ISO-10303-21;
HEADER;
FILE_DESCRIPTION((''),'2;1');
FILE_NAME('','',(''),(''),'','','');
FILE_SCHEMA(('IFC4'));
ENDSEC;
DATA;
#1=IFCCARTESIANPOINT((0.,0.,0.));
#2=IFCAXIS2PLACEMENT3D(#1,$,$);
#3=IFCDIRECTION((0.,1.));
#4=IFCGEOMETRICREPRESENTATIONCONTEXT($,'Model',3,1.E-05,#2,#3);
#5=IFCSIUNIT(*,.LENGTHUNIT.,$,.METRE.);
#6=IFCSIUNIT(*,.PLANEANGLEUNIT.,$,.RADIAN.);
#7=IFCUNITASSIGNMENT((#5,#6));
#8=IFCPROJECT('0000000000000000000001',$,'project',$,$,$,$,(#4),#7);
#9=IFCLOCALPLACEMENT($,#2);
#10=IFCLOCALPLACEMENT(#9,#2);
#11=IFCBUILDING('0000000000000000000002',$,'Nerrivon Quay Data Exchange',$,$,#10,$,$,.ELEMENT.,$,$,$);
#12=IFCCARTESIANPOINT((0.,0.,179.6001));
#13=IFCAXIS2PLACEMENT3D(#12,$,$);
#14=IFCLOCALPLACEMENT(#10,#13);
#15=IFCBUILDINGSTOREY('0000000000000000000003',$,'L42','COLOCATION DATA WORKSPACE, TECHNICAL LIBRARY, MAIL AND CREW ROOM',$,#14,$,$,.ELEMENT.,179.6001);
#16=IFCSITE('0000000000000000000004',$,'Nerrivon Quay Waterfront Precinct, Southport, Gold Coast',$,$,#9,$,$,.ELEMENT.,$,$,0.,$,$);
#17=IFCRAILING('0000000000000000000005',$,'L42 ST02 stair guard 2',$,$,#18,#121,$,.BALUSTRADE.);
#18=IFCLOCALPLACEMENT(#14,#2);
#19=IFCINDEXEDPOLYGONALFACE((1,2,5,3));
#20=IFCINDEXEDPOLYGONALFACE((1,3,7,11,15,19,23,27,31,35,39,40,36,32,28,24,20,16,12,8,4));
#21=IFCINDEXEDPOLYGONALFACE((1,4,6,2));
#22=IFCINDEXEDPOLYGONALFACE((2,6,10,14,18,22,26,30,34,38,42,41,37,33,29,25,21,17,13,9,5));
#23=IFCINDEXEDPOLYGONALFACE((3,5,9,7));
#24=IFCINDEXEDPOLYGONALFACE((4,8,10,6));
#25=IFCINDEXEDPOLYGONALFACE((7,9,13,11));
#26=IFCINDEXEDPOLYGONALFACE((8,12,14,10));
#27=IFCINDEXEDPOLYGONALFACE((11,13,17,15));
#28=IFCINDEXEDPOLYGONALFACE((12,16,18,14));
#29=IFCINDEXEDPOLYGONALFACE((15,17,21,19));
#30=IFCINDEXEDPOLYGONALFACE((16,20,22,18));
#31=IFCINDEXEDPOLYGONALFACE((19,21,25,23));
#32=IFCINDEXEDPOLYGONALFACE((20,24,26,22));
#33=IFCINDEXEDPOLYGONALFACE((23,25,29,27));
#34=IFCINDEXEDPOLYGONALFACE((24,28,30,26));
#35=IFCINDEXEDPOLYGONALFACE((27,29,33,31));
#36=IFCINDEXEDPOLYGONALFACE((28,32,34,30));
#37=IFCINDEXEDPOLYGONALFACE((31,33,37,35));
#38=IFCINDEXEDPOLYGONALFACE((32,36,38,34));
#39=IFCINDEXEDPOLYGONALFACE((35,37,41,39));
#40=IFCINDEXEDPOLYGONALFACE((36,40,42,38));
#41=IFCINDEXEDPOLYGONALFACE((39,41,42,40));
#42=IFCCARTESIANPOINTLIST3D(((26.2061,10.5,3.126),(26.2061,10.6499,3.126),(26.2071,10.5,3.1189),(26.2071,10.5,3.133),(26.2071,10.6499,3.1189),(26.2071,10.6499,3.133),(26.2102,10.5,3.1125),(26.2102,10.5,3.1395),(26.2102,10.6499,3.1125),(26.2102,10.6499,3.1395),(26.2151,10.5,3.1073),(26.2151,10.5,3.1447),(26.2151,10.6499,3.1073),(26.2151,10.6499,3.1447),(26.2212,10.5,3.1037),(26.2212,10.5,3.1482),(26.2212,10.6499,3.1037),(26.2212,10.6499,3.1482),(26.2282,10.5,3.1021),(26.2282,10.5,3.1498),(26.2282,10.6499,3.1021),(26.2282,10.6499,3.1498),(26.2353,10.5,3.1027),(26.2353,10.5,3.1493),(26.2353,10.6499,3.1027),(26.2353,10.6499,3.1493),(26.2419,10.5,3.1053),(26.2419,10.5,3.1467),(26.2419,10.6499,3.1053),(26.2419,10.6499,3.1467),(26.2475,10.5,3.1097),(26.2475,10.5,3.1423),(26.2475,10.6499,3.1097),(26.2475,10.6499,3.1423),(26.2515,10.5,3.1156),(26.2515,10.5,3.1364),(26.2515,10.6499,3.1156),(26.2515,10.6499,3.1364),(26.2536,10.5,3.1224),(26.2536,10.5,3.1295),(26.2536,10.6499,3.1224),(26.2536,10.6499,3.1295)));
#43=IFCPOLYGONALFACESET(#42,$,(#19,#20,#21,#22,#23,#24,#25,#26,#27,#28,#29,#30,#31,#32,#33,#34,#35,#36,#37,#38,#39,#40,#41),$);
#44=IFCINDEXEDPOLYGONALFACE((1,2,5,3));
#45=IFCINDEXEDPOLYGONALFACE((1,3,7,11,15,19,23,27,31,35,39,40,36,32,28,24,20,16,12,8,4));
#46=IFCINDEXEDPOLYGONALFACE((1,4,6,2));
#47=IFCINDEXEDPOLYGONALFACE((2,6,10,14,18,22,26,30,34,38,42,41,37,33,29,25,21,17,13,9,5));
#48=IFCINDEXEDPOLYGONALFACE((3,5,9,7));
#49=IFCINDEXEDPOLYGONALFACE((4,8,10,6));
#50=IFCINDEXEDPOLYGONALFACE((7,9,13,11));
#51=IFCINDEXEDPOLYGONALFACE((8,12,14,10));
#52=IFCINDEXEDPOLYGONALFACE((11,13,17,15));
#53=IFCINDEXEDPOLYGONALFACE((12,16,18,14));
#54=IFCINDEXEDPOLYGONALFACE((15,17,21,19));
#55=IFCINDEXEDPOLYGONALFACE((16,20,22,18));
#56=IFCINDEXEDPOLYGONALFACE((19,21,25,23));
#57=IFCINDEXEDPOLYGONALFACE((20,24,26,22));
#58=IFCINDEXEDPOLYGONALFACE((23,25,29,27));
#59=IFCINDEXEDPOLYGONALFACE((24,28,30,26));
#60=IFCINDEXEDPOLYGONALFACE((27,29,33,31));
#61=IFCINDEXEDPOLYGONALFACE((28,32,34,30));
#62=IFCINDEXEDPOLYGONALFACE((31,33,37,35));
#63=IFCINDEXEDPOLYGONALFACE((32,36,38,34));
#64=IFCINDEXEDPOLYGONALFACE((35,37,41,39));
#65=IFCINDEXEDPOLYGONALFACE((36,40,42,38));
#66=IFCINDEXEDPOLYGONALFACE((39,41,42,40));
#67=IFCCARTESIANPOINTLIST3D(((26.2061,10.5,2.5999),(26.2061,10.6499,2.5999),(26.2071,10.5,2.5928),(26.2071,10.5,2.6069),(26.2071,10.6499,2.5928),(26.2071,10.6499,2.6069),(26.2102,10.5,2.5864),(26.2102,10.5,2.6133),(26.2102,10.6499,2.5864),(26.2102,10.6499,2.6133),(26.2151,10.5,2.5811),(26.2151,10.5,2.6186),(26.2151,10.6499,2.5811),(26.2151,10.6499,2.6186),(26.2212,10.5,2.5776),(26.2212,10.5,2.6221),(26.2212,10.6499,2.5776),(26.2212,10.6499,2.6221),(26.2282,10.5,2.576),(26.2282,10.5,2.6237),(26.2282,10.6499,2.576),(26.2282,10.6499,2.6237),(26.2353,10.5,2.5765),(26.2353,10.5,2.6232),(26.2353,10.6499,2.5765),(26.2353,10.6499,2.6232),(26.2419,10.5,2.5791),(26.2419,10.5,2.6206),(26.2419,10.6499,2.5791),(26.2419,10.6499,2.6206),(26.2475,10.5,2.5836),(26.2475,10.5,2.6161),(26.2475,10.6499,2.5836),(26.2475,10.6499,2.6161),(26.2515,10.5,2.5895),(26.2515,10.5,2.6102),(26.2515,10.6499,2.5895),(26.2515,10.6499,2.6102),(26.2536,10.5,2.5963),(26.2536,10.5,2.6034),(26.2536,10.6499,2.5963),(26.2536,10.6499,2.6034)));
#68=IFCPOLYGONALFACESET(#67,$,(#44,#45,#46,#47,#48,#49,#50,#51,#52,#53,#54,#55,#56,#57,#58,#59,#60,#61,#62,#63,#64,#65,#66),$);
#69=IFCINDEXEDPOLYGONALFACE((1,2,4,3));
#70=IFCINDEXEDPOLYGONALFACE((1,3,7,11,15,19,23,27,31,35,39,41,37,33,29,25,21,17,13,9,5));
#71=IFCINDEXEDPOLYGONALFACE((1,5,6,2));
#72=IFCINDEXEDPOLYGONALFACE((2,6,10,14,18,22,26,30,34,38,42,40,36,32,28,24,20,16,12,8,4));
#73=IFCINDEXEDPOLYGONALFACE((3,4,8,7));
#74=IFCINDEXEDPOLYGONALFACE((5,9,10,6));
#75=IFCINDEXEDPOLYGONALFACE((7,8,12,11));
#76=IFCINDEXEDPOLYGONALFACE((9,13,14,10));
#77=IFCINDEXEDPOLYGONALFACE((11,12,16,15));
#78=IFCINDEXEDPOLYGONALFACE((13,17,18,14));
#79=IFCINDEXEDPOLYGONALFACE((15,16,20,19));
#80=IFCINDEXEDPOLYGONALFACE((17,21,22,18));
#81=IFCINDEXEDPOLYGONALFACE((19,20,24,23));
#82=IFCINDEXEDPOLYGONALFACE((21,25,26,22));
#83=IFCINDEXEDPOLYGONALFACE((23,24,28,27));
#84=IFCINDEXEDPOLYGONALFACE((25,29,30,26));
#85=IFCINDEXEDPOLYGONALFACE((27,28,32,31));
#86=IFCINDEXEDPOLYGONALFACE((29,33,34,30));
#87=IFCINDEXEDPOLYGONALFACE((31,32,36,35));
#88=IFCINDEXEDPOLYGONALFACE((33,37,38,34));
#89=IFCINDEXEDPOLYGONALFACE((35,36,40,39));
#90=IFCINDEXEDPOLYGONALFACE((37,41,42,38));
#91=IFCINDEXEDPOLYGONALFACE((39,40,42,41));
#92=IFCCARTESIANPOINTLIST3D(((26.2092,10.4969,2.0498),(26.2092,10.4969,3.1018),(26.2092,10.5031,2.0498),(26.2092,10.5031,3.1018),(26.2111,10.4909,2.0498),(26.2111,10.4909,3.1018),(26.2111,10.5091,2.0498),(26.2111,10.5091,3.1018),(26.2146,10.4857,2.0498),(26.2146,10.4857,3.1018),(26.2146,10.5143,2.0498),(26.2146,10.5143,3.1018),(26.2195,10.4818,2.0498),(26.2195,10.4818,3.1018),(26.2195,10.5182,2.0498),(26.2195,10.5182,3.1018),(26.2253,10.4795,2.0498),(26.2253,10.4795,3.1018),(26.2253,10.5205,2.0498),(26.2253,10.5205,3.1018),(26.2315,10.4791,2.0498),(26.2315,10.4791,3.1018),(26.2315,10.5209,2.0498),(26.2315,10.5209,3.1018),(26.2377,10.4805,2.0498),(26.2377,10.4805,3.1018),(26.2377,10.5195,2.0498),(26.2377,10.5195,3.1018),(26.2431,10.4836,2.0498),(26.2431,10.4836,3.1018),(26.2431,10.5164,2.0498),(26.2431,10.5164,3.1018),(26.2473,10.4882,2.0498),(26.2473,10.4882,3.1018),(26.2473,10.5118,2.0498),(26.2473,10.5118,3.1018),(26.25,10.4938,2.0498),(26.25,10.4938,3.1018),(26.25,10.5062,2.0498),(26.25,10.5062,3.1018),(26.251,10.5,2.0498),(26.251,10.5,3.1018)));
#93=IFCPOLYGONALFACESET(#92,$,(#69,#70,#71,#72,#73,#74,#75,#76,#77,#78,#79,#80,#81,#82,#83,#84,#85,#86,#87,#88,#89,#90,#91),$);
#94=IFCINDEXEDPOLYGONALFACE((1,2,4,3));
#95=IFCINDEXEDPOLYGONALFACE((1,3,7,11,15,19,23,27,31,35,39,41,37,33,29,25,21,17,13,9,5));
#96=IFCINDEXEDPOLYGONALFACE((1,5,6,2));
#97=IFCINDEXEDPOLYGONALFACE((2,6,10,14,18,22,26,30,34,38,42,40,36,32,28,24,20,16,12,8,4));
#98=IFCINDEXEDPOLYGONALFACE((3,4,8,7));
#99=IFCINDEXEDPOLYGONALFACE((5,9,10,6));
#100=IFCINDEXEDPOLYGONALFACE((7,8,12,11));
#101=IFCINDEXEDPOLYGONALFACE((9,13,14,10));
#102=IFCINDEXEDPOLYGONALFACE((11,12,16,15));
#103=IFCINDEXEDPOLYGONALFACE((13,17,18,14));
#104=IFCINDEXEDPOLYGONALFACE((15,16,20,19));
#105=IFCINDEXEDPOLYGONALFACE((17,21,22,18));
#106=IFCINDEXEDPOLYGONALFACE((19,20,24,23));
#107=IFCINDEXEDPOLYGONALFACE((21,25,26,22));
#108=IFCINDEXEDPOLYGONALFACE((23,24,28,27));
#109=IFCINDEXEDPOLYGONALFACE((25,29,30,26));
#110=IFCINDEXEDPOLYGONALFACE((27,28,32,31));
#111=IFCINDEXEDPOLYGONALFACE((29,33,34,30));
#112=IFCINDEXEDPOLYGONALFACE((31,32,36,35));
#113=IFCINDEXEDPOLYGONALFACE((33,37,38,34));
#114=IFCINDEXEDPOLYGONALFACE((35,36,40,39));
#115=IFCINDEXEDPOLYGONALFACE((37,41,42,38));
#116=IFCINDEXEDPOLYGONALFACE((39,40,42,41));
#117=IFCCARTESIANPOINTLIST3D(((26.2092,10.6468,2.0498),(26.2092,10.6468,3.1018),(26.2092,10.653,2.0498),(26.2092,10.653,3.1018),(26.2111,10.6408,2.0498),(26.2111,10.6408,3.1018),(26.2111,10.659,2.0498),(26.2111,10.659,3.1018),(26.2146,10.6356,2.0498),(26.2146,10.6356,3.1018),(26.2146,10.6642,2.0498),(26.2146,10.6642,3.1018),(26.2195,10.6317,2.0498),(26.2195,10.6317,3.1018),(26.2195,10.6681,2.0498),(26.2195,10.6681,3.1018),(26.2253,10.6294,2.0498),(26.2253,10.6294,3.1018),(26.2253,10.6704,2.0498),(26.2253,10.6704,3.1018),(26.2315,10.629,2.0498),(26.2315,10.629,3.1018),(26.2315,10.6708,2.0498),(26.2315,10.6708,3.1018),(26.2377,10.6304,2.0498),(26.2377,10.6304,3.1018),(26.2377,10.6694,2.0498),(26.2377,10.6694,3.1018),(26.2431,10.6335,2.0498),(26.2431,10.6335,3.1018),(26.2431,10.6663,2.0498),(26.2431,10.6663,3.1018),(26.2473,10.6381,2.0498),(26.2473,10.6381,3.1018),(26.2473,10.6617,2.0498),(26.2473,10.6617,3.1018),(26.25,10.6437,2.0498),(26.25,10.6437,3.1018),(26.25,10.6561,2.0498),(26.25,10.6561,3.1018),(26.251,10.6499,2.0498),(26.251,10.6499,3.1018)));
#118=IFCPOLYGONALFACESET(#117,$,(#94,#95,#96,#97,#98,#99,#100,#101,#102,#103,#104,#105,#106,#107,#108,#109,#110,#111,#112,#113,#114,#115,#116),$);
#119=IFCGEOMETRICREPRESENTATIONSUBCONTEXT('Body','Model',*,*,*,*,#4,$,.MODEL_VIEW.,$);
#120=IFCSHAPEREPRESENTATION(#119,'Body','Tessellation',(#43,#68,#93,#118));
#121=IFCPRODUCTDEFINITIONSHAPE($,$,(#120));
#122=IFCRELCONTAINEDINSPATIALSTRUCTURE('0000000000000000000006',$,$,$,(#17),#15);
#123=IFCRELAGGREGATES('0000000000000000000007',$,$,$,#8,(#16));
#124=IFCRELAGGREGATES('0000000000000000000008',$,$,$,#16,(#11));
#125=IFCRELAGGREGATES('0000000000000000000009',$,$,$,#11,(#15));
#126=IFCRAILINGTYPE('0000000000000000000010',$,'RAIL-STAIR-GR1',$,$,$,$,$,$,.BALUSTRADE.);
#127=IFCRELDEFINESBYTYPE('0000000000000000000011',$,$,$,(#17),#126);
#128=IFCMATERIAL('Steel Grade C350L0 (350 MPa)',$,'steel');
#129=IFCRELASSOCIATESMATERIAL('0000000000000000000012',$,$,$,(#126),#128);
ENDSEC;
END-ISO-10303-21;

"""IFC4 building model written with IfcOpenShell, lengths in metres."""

from ifc_helpers import new_model, si_unit, direction, frame, origin, origin_2d, place, context, subcontext, project, spatial, circle, extrude, material, type_object, element, save


model = new_model("IFC4")

# Units and contexts
model_context = context("Model", 3, precision=1e-05, world=origin(), true_north=direction((0.0, 1.0)))
body_context = subcontext(model_context, "Body", "Model", "MODEL_VIEW")
ifc_project = project(units=[si_unit("LENGTHUNIT", "METRE"), si_unit("PLANEANGLEUNIT", "RADIAN")], contexts=[model_context])

# Site, building, storey
site_placement = place(None, origin())
site = spatial("IfcSite", under=ifc_project, at=site_placement, Name="Nerrivon Quay Waterfront Precinct, Southport, Gold Coast", CompositionType="ELEMENT", RefElevation=0.0)
building_placement = place(site_placement, origin())
building = spatial("IfcBuilding", under=site, at=building_placement, Name="Nerrivon Quay Data Exchange", CompositionType="ELEMENT")
storey_placement = place(building_placement, frame((0.0, 0.0, 179.6001)))
storey = spatial("IfcBuildingStorey", under=building, at=storey_placement, Name="L42", Description="COLOCATION DATA WORKSPACE, TECHNICAL LIBRARY, MAIL AND CREW ROOM", CompositionType="ELEMENT", Elevation=179.6001)

# Shared definitions
ifc_material_1 = material(Name="Steel Grade C350L0 (350 MPa)", Category="steel")

# Railing
railing_type_1 = type_object("IfcRailingType", Name="RAIL-STAIR-GR1", PredefinedType="BALUSTRADE", material=ifc_material_1)
railing_1_placement = place(storey_placement, frame((26.23, 10.5, 2.0498)))
element("IfcRailing", 1, at=railing_1_placement, inside=storey, type_object=railing_type_1, Name="L42 ST02 stair guard 2", PredefinedType="BALUSTRADE", context=body_context, shape_type="SweptSolid", body=[
    extrude(circle(Radius=0.0239, at=origin_2d()), frame((0.0, 0.0, 1.0762), z_axis=(0.0, 1.0, 0.0), x_axis=(-1.0, 0.0, 0.0)), (0.0, 0.0, 1.0), 0.1499),
    extrude(circle(Radius=0.0239, at=origin_2d()), frame((0.0, 0.0, 0.55), z_axis=(0.0, 1.0, 0.0), x_axis=(-1.0, 0.0, 0.0)), (0.0, 0.0, 1.0), 0.1499),
    extrude(circle(Radius=0.021, at=origin_2d()), origin(), (0.0, 0.0, 1.0), 1.052),
    extrude(circle(Radius=0.021, at=origin_2d()), frame((0.0, 0.1499, 0.0)), (0.0, 0.0, 1.0), 1.052),
])

save(model, "model.ifc")
